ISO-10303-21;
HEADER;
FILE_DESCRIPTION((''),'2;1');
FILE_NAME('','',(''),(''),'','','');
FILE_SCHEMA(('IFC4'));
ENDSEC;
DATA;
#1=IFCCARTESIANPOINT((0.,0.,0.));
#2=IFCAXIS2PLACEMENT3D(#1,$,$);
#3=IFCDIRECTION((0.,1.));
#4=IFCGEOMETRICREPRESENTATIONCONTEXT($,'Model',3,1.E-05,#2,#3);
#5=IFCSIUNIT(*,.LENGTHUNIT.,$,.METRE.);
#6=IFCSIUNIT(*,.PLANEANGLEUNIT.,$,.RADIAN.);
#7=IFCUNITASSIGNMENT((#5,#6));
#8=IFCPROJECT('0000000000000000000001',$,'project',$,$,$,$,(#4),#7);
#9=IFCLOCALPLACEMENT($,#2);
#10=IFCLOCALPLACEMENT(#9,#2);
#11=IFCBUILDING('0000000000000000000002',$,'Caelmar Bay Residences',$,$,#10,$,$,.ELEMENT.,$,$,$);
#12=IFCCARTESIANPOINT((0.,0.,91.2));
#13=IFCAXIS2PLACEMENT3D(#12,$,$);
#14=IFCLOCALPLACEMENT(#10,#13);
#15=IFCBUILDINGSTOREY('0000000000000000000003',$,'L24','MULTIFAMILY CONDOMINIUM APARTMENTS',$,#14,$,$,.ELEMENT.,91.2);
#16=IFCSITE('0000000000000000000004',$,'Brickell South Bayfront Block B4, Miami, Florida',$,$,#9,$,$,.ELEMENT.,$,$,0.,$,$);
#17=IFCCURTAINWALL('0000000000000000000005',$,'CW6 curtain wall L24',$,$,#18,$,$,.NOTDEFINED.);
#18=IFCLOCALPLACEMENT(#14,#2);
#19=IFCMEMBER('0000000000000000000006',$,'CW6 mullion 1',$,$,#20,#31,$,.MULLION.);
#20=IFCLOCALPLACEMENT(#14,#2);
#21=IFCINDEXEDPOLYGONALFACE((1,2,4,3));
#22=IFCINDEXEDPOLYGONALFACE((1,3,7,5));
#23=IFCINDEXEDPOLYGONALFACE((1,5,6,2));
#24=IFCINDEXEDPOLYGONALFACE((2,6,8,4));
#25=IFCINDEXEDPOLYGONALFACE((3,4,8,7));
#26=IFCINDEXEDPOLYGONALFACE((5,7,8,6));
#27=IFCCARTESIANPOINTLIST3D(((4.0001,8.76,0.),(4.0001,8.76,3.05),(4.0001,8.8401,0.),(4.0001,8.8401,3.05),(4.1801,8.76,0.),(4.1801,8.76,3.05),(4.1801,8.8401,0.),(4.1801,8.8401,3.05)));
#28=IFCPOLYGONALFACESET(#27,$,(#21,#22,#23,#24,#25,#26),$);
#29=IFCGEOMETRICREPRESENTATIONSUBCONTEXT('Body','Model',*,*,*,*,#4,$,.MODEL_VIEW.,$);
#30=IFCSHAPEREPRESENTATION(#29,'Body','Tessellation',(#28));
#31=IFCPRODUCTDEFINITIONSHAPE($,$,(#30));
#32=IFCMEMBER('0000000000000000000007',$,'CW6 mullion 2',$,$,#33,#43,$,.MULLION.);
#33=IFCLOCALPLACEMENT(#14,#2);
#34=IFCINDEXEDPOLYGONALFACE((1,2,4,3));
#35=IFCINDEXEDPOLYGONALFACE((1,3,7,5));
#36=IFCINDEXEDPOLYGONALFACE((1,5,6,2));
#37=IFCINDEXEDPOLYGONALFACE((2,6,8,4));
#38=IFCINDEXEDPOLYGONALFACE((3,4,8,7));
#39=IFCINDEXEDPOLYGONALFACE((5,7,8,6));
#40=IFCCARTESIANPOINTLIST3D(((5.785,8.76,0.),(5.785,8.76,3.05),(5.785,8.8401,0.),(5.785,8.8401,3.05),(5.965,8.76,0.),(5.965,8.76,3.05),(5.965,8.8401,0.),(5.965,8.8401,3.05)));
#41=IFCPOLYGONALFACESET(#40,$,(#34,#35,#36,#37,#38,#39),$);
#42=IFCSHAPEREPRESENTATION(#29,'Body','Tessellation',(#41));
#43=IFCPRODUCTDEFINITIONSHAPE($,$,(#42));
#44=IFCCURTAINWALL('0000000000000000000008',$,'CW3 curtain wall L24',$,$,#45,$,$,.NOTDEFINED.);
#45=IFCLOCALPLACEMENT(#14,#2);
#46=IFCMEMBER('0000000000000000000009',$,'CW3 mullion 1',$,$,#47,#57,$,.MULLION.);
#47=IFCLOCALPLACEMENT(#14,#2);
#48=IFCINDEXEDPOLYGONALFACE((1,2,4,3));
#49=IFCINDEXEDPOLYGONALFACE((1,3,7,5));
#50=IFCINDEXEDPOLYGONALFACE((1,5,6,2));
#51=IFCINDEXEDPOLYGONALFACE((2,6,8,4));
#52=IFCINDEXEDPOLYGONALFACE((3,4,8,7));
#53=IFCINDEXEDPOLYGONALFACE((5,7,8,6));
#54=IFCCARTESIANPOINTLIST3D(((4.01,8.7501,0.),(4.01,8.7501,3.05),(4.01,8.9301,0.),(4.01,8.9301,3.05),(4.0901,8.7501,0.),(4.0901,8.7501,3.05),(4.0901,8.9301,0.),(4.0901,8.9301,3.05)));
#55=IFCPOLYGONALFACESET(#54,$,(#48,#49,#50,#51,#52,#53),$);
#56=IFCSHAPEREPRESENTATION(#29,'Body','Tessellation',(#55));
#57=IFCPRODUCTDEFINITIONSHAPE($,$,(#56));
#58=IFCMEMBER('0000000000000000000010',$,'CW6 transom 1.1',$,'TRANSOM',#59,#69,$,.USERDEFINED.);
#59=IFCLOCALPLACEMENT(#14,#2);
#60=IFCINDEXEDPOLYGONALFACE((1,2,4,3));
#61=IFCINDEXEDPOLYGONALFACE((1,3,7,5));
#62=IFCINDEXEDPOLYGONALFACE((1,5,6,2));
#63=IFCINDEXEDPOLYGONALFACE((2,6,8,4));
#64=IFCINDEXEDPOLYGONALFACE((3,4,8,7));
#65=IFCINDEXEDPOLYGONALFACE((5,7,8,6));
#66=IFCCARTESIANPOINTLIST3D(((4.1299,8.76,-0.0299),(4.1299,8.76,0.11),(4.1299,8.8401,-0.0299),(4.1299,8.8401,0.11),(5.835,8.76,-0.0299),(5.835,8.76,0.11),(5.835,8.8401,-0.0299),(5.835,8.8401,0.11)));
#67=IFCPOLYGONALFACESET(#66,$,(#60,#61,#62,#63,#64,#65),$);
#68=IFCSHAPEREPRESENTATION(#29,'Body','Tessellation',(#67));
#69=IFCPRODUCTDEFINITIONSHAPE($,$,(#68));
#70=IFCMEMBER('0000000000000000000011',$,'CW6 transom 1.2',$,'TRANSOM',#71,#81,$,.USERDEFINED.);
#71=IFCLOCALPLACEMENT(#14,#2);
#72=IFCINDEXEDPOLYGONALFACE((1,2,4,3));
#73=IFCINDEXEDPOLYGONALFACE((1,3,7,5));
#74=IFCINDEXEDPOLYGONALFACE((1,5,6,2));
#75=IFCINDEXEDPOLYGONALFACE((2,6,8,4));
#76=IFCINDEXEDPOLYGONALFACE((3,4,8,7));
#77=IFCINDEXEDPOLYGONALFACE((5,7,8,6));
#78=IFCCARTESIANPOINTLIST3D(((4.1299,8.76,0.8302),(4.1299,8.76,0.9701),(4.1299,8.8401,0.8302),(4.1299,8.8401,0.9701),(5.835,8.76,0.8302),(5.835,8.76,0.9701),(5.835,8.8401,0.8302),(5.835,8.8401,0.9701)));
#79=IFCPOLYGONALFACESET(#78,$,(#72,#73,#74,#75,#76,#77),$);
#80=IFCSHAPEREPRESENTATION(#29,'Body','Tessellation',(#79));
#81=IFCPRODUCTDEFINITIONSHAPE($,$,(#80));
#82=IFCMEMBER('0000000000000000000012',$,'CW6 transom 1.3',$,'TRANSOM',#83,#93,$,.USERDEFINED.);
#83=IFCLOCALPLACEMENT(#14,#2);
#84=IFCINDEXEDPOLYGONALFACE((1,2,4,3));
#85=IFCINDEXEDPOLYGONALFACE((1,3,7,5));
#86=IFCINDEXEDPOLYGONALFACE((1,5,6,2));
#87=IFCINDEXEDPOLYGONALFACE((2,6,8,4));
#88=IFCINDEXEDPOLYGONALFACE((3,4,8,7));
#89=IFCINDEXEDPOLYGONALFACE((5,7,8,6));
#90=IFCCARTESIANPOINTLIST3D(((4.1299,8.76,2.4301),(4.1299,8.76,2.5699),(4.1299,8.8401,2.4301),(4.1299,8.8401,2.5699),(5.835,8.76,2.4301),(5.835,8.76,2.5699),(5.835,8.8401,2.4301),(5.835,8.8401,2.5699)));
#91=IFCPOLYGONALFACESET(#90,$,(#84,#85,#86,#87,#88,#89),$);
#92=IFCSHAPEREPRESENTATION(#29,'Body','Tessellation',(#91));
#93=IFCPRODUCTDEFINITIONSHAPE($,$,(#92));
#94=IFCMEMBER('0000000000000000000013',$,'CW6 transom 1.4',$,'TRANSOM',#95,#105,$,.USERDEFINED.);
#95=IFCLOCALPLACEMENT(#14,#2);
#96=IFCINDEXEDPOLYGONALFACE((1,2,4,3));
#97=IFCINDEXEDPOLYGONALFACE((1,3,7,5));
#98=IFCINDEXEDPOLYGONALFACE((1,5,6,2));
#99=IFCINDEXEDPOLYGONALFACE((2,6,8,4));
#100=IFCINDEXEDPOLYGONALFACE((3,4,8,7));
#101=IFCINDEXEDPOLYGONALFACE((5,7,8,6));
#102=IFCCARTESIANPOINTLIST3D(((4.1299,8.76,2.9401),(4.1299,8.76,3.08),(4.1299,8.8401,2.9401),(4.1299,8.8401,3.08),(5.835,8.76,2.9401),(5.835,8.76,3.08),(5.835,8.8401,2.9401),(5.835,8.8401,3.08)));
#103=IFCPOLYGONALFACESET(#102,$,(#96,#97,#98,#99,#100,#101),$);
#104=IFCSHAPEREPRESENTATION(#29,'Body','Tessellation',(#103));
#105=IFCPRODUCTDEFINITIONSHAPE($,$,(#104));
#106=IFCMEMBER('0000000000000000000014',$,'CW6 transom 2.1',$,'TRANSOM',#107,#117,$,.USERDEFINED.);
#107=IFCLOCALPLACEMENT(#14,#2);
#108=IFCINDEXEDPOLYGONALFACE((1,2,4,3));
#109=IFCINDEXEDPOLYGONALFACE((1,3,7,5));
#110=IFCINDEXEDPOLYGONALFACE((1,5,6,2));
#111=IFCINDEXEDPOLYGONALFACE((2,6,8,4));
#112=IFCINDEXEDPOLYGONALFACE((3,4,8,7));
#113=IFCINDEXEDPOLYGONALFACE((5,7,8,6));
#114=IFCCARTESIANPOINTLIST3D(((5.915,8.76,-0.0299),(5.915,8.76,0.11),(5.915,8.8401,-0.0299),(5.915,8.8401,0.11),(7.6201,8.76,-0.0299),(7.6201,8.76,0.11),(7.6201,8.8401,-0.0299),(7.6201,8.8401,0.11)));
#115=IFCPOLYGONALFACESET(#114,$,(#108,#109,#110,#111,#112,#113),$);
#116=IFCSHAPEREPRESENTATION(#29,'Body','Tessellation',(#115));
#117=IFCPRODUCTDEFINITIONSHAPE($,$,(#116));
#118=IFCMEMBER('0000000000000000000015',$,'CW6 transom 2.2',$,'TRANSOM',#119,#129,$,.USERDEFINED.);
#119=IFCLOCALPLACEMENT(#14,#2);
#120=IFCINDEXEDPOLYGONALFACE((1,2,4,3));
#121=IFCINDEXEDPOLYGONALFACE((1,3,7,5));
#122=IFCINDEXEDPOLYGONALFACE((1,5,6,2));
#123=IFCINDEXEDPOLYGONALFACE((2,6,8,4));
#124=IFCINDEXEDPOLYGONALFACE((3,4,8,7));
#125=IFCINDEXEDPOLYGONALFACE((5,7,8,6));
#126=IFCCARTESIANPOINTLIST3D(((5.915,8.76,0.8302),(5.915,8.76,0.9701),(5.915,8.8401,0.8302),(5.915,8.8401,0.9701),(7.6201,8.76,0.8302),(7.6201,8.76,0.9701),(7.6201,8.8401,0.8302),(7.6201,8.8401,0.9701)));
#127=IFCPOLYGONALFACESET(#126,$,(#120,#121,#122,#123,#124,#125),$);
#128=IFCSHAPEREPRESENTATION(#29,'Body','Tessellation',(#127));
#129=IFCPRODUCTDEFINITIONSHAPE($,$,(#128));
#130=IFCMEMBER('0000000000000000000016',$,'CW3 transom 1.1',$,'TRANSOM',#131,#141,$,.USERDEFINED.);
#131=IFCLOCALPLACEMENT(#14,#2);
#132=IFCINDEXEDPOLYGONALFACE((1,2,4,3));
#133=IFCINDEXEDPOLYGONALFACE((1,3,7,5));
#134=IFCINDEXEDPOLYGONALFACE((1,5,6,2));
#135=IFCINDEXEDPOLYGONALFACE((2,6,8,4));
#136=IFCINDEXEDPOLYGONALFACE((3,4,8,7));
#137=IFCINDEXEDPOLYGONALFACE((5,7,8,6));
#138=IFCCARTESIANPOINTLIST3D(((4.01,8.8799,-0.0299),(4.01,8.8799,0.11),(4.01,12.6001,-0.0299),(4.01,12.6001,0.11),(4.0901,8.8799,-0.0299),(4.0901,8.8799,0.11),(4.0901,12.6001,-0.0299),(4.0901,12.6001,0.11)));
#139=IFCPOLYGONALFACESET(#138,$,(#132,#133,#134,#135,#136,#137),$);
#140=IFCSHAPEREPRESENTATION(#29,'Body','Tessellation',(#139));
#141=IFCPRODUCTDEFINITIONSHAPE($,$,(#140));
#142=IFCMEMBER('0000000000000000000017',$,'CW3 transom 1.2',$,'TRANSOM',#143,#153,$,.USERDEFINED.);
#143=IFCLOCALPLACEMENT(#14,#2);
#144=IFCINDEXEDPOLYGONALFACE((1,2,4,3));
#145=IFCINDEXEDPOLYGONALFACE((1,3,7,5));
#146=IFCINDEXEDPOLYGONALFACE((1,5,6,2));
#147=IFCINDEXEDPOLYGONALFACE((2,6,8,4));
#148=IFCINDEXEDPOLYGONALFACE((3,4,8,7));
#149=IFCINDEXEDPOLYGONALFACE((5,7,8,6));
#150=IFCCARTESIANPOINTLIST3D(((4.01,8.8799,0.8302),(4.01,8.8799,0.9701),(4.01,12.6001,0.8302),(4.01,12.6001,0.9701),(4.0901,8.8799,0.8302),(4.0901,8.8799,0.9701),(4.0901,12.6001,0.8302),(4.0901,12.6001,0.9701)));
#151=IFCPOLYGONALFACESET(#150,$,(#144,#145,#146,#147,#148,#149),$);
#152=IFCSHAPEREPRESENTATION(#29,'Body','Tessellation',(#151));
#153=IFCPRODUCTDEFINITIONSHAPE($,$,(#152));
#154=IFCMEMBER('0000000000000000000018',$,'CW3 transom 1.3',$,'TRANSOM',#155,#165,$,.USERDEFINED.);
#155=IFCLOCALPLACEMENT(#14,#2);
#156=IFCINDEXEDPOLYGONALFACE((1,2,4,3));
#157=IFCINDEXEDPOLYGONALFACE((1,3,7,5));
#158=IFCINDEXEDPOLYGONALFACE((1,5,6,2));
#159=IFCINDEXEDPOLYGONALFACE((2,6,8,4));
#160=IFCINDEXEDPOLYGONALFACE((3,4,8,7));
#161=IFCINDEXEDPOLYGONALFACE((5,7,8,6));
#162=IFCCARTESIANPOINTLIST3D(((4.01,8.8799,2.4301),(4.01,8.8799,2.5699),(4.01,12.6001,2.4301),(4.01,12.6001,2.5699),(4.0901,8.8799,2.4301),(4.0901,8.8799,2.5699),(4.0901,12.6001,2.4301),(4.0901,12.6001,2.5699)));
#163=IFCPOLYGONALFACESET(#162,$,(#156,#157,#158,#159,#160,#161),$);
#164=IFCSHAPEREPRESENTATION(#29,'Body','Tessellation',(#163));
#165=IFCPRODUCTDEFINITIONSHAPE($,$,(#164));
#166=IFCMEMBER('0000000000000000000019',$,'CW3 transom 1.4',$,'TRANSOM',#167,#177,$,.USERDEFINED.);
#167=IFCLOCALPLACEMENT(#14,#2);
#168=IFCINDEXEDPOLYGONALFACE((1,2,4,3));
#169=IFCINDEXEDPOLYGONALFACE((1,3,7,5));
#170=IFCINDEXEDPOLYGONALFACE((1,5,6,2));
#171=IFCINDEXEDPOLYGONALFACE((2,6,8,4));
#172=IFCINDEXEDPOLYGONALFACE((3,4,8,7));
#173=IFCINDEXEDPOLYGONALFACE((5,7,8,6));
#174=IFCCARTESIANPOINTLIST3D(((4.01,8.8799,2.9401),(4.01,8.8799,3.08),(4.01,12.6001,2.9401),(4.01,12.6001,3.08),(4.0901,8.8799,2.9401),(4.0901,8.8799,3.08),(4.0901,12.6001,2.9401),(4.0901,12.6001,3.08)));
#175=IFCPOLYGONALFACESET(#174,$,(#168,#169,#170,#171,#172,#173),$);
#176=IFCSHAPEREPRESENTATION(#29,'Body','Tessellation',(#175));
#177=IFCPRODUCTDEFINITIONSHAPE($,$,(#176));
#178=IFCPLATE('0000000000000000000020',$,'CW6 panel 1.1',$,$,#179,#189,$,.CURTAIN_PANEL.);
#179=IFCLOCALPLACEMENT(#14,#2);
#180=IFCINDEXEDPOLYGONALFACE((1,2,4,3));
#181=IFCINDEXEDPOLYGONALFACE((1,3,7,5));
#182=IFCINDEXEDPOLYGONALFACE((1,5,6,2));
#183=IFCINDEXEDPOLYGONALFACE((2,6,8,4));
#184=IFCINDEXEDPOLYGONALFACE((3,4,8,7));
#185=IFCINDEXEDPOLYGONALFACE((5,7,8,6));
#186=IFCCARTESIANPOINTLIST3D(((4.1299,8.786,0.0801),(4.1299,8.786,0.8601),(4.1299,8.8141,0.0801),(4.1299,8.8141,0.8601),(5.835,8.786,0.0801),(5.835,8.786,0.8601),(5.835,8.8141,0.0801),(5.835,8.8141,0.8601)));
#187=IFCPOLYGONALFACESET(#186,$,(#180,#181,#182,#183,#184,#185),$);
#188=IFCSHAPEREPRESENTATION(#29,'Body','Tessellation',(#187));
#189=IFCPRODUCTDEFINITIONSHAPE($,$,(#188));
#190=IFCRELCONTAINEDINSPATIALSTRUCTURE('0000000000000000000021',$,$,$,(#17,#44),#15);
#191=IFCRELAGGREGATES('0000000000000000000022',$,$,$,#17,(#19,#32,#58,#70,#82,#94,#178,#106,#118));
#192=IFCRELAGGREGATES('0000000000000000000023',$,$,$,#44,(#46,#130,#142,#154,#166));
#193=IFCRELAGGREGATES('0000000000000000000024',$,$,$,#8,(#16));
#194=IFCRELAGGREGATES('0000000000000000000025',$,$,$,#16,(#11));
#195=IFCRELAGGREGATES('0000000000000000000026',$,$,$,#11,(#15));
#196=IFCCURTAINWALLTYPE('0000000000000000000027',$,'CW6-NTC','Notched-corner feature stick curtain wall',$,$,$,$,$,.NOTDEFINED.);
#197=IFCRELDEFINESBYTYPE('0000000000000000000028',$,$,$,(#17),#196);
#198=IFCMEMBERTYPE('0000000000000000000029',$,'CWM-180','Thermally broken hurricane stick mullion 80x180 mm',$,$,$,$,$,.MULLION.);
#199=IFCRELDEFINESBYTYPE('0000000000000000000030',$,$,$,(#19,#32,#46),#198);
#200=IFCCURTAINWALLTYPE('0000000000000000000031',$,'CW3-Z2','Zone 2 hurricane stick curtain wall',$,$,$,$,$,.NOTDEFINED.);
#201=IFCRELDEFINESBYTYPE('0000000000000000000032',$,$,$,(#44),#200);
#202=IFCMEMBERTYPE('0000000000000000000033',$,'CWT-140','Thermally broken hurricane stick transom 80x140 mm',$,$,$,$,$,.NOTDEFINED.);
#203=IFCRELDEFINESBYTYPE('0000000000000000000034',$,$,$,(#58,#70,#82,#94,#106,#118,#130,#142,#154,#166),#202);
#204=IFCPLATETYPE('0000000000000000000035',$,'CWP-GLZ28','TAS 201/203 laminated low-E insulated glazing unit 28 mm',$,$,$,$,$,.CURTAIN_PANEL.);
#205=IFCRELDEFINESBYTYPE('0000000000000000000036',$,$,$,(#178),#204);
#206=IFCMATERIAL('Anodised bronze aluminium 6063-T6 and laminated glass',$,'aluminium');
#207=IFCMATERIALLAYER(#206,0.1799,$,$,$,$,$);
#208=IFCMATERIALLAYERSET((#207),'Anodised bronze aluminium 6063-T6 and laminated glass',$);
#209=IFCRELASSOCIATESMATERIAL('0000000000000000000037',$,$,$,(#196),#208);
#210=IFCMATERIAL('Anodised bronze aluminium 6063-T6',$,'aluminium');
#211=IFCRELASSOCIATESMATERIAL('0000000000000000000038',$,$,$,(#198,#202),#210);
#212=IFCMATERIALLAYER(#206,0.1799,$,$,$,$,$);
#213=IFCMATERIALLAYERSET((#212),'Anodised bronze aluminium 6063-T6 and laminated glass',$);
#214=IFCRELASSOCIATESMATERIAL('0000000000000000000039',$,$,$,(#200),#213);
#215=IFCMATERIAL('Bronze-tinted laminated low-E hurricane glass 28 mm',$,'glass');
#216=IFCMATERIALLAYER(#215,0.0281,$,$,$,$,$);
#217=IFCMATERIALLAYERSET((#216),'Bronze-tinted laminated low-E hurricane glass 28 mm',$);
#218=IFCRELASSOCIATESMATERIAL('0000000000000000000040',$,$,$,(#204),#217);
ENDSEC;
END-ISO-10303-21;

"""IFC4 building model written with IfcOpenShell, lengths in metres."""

from ifc_helpers import new_model, si_unit, direction, frame, origin, origin_2d, place, context, subcontext, project, spatial, rectangle, extrude, material, layer, layer_set, material_profile, profile_set, type_object, element, aggregate, save


model = new_model("IFC4")

# Units and contexts
model_context = context("Model", 3, precision=1e-05, world=origin(), true_north=direction((0.0, 1.0)))
body_context = subcontext(model_context, "Body", "Model", "MODEL_VIEW")
ifc_project = project(units=[si_unit("LENGTHUNIT", "METRE"), si_unit("PLANEANGLEUNIT", "RADIAN")], contexts=[model_context])

# Site, building, storey
site_placement = place(None, origin())
site = spatial("IfcSite", under=ifc_project, at=site_placement, Name="Brickell South Bayfront Block B4, Miami, Florida", CompositionType="ELEMENT", RefElevation=0.0)
building_placement = place(site_placement, origin())
building = spatial("IfcBuilding", under=site, at=building_placement, Name="Caelmar Bay Residences", CompositionType="ELEMENT")
storey_placement = place(building_placement, frame((0.0, 0.0, 91.2)))
storey = spatial("IfcBuildingStorey", under=building, at=storey_placement, Name="L24", Description="MULTIFAMILY CONDOMINIUM APARTMENTS", CompositionType="ELEMENT", Elevation=91.2)

# Curtain wall, members
ifc_material_1 = material(Name="Anodised bronze aluminium 6063-T6 and laminated glass", Category="aluminium")
ifc_layer_1 = layer(ifc_material_1, 0.1799)
ifc_layer_set_1 = layer_set([ifc_layer_1], Name="Anodised bronze aluminium 6063-T6 and laminated glass")
curtain_wall_type_1 = type_object("IfcCurtainWallType", Name="CW6-NTC", Description="Notched-corner feature stick curtain wall", PredefinedType="NOTDEFINED", material=ifc_layer_set_1)
curtain_wall_1_placement = place(storey_placement, origin())
curtain_wall_1 = element("IfcCurtainWall", 1, at=curtain_wall_1_placement, inside=storey, type_object=curtain_wall_type_1, Name="CW6 curtain wall L24", PredefinedType="NOTDEFINED")
ifc_material_2 = material(Name="Anodised bronze aluminium 6063-T6", Category="aluminium")
ifc_material_profile_1 = material_profile(ifc_material_2, rectangle(XDim=0.0801, YDim=0.1799, at=origin_2d()), Name="CWM-80X180")
ifc_profile_set_1 = profile_set([ifc_material_profile_1], Name="Anodised bronze aluminium 6063-T6")
member_type_1 = type_object("IfcMemberType", Name="CWM-180", Description="Thermally broken hurricane stick mullion 80x180 mm", PredefinedType="MULLION", material=ifc_profile_set_1)
member_1_placement = place(storey_placement, frame((4.0901, 8.8, 0.0), z_axis=(0.0, 0.0, 1.0), x_axis=(0.0, 1.0, 0.0)))
member_1 = element("IfcMember", 2, at=member_1_placement, type_object=member_type_1, Name="CW6 mullion 1", PredefinedType="MULLION", context=body_context, shape_type="SweptSolid", body=[
    extrude(rectangle(XDim=0.0801, YDim=0.1799, at=origin_2d()), origin(), (0.0, 0.0, 1.0), 3.05),
])
member_2_placement = place(storey_placement, frame((5.875, 8.8, 0.0), z_axis=(0.0, 0.0, 1.0), x_axis=(0.0, 1.0, 0.0)))
member_2 = element("IfcMember", 3, at=member_2_placement, type_object=member_type_1, Name="CW6 mullion 2", PredefinedType="MULLION", context=body_context, shape_type="SweptSolid", body=[
    extrude(rectangle(XDim=0.0801, YDim=0.1799, at=origin_2d()), origin(), (0.0, 0.0, 1.0), 3.05),
])

# Curtain wall, member
ifc_layer_2 = layer(ifc_material_1, 0.1799)
ifc_layer_set_2 = layer_set([ifc_layer_2], Name="Anodised bronze aluminium 6063-T6 and laminated glass")
curtain_wall_type_2 = type_object("IfcCurtainWallType", Name="CW3-Z2", Description="Zone 2 hurricane stick curtain wall", PredefinedType="NOTDEFINED", material=ifc_layer_set_2)
curtain_wall_2_placement = place(storey_placement, origin())
curtain_wall_2 = element("IfcCurtainWall", 4, at=curtain_wall_2_placement, inside=storey, type_object=curtain_wall_type_2, Name="CW3 curtain wall L24", PredefinedType="NOTDEFINED")
member_3_placement = place(storey_placement, frame((4.05, 8.8401, 0.0), z_axis=(0.0, 0.0, 1.0), x_axis=(-1.0, 0.0, 0.0)))
member_3 = element("IfcMember", 5, at=member_3_placement, type_object=member_type_1, Name="CW3 mullion 1", PredefinedType="MULLION", context=body_context, shape_type="SweptSolid", body=[
    extrude(rectangle(XDim=0.0801, YDim=0.1799, at=origin_2d()), origin(), (0.0, 0.0, 1.0), 3.05),
])

# Members
ifc_material_profile_2 = material_profile(ifc_material_2, rectangle(XDim=0.0801, YDim=0.1399, at=origin_2d()), Name="CWT-80X140")
ifc_profile_set_2 = profile_set([ifc_material_profile_2], Name="Anodised bronze aluminium 6063-T6")
member_type_2 = type_object("IfcMemberType", Name="CWT-140", Description="Thermally broken hurricane stick transom 80x140 mm", PredefinedType="NOTDEFINED", material=ifc_profile_set_2)
member_4_placement = place(storey_placement, frame((4.1299, 8.8, 0.04), z_axis=(1.0, 0.0, 0.0), x_axis=(0.0, 1.0, 0.0)))
member_4 = element("IfcMember", 6, at=member_4_placement, type_object=member_type_2, Name="CW6 transom 1.1", ObjectType="TRANSOM", PredefinedType="USERDEFINED", context=body_context, shape_type="SweptSolid", body=[
    extrude(rectangle(XDim=0.0801, YDim=0.1399, at=origin_2d()), origin(), (0.0, 0.0, 1.0), 1.7051),
])
member_5_placement = place(storey_placement, frame((4.1299, 8.8, 0.9001), z_axis=(1.0, 0.0, 0.0), x_axis=(0.0, 1.0, 0.0)))
member_5 = element("IfcMember", 7, at=member_5_placement, type_object=member_type_2, Name="CW6 transom 1.2", ObjectType="TRANSOM", PredefinedType="USERDEFINED", context=body_context, shape_type="SweptSolid", body=[
    extrude(rectangle(XDim=0.0801, YDim=0.1399, at=origin_2d()), origin(), (0.0, 0.0, 1.0), 1.7051),
])
member_6_placement = place(storey_placement, frame((4.1299, 8.8, 2.5), z_axis=(1.0, 0.0, 0.0), x_axis=(0.0, 1.0, 0.0)))
member_6 = element("IfcMember", 8, at=member_6_placement, type_object=member_type_2, Name="CW6 transom 1.3", ObjectType="TRANSOM", PredefinedType="USERDEFINED", context=body_context, shape_type="SweptSolid", body=[
    extrude(rectangle(XDim=0.0801, YDim=0.1399, at=origin_2d()), origin(), (0.0, 0.0, 1.0), 1.7051),
])
member_7_placement = place(storey_placement, frame((4.1299, 8.8, 3.01), z_axis=(1.0, 0.0, 0.0), x_axis=(0.0, 1.0, 0.0)))
member_7 = element("IfcMember", 9, at=member_7_placement, type_object=member_type_2, Name="CW6 transom 1.4", ObjectType="TRANSOM", PredefinedType="USERDEFINED", context=body_context, shape_type="SweptSolid", body=[
    extrude(rectangle(XDim=0.0801, YDim=0.1399, at=origin_2d()), origin(), (0.0, 0.0, 1.0), 1.7051),
])
member_8_placement = place(storey_placement, frame((5.915, 8.8, 0.04), z_axis=(1.0, 0.0, 0.0), x_axis=(0.0, 1.0, 0.0)))
member_8 = element("IfcMember", 10, at=member_8_placement, type_object=member_type_2, Name="CW6 transom 2.1", ObjectType="TRANSOM", PredefinedType="USERDEFINED", context=body_context, shape_type="SweptSolid", body=[
    extrude(rectangle(XDim=0.0801, YDim=0.1399, at=origin_2d()), origin(), (0.0, 0.0, 1.0), 1.7051),
])
member_9_placement = place(storey_placement, frame((5.915, 8.8, 0.9001), z_axis=(1.0, 0.0, 0.0), x_axis=(0.0, 1.0, 0.0)))
member_9 = element("IfcMember", 11, at=member_9_placement, type_object=member_type_2, Name="CW6 transom 2.2", ObjectType="TRANSOM", PredefinedType="USERDEFINED", context=body_context, shape_type="SweptSolid", body=[
    extrude(rectangle(XDim=0.0801, YDim=0.1399, at=origin_2d()), origin(), (0.0, 0.0, 1.0), 1.7051),
])
member_10_placement = place(storey_placement, frame((4.05, 8.8799, 0.04), z_axis=(0.0, 1.0, 0.0), x_axis=(-1.0, 0.0, 0.0)))
member_10 = element("IfcMember", 12, at=member_10_placement, type_object=member_type_2, Name="CW3 transom 1.1", ObjectType="TRANSOM", PredefinedType="USERDEFINED", context=body_context, shape_type="SweptSolid", body=[
    extrude(rectangle(XDim=0.0801, YDim=0.1399, at=origin_2d()), origin(), (0.0, 0.0, 1.0), 3.7202),
])
member_11_placement = place(storey_placement, frame((4.05, 8.8799, 0.9001), z_axis=(0.0, 1.0, 0.0), x_axis=(-1.0, 0.0, 0.0)))
member_11 = element("IfcMember", 13, at=member_11_placement, type_object=member_type_2, Name="CW3 transom 1.2", ObjectType="TRANSOM", PredefinedType="USERDEFINED", context=body_context, shape_type="SweptSolid", body=[
    extrude(rectangle(XDim=0.0801, YDim=0.1399, at=origin_2d()), origin(), (0.0, 0.0, 1.0), 3.7202),
])
member_12_placement = place(storey_placement, frame((4.05, 8.8799, 2.5), z_axis=(0.0, 1.0, 0.0), x_axis=(-1.0, 0.0, 0.0)))
member_12 = element("IfcMember", 14, at=member_12_placement, type_object=member_type_2, Name="CW3 transom 1.3", ObjectType="TRANSOM", PredefinedType="USERDEFINED", context=body_context, shape_type="SweptSolid", body=[
    extrude(rectangle(XDim=0.0801, YDim=0.1399, at=origin_2d()), origin(), (0.0, 0.0, 1.0), 3.7202),
])
member_13_placement = place(storey_placement, frame((4.05, 8.8799, 3.01), z_axis=(0.0, 1.0, 0.0), x_axis=(-1.0, 0.0, 0.0)))
member_13 = element("IfcMember", 15, at=member_13_placement, type_object=member_type_2, Name="CW3 transom 1.4", ObjectType="TRANSOM", PredefinedType="USERDEFINED", context=body_context, shape_type="SweptSolid", body=[
    extrude(rectangle(XDim=0.0801, YDim=0.1399, at=origin_2d()), origin(), (0.0, 0.0, 1.0), 3.7202),
])

# Plate
ifc_material_3 = material(Name="Bronze-tinted laminated low-E hurricane glass 28 mm", Category="glass")
ifc_layer_3 = layer(ifc_material_3, 0.0281)
ifc_layer_set_3 = layer_set([ifc_layer_3], Name="Bronze-tinted laminated low-E hurricane glass 28 mm")
plate_type = type_object("IfcPlateType", Name="CWP-GLZ28", Description="TAS 201/203 laminated low-E insulated glazing unit 28 mm", PredefinedType="CURTAIN_PANEL", material=ifc_layer_set_3)
plate_1_placement = place(storey_placement, frame((4.9824, 8.8, 0.0801), z_axis=(0.0, 0.0, 1.0), x_axis=(1.0, 0.0, 0.0)))
plate_1 = element("IfcPlate", 16, at=plate_1_placement, type_object=plate_type, Name="CW6 panel 1.1", PredefinedType="CURTAIN_PANEL", context=body_context, shape_type="SweptSolid", body=[
    extrude(rectangle(XDim=1.7051, YDim=0.0281, at=origin_2d()), origin(), (0.0, 0.0, 1.0), 0.78),
])
aggregate(curtain_wall_1, [member_1, member_2, member_4, member_5, member_6, member_7, plate_1, member_8, member_9])
aggregate(curtain_wall_2, [member_3, member_10, member_11, member_12, member_13])

save(model, "model.ifc")
